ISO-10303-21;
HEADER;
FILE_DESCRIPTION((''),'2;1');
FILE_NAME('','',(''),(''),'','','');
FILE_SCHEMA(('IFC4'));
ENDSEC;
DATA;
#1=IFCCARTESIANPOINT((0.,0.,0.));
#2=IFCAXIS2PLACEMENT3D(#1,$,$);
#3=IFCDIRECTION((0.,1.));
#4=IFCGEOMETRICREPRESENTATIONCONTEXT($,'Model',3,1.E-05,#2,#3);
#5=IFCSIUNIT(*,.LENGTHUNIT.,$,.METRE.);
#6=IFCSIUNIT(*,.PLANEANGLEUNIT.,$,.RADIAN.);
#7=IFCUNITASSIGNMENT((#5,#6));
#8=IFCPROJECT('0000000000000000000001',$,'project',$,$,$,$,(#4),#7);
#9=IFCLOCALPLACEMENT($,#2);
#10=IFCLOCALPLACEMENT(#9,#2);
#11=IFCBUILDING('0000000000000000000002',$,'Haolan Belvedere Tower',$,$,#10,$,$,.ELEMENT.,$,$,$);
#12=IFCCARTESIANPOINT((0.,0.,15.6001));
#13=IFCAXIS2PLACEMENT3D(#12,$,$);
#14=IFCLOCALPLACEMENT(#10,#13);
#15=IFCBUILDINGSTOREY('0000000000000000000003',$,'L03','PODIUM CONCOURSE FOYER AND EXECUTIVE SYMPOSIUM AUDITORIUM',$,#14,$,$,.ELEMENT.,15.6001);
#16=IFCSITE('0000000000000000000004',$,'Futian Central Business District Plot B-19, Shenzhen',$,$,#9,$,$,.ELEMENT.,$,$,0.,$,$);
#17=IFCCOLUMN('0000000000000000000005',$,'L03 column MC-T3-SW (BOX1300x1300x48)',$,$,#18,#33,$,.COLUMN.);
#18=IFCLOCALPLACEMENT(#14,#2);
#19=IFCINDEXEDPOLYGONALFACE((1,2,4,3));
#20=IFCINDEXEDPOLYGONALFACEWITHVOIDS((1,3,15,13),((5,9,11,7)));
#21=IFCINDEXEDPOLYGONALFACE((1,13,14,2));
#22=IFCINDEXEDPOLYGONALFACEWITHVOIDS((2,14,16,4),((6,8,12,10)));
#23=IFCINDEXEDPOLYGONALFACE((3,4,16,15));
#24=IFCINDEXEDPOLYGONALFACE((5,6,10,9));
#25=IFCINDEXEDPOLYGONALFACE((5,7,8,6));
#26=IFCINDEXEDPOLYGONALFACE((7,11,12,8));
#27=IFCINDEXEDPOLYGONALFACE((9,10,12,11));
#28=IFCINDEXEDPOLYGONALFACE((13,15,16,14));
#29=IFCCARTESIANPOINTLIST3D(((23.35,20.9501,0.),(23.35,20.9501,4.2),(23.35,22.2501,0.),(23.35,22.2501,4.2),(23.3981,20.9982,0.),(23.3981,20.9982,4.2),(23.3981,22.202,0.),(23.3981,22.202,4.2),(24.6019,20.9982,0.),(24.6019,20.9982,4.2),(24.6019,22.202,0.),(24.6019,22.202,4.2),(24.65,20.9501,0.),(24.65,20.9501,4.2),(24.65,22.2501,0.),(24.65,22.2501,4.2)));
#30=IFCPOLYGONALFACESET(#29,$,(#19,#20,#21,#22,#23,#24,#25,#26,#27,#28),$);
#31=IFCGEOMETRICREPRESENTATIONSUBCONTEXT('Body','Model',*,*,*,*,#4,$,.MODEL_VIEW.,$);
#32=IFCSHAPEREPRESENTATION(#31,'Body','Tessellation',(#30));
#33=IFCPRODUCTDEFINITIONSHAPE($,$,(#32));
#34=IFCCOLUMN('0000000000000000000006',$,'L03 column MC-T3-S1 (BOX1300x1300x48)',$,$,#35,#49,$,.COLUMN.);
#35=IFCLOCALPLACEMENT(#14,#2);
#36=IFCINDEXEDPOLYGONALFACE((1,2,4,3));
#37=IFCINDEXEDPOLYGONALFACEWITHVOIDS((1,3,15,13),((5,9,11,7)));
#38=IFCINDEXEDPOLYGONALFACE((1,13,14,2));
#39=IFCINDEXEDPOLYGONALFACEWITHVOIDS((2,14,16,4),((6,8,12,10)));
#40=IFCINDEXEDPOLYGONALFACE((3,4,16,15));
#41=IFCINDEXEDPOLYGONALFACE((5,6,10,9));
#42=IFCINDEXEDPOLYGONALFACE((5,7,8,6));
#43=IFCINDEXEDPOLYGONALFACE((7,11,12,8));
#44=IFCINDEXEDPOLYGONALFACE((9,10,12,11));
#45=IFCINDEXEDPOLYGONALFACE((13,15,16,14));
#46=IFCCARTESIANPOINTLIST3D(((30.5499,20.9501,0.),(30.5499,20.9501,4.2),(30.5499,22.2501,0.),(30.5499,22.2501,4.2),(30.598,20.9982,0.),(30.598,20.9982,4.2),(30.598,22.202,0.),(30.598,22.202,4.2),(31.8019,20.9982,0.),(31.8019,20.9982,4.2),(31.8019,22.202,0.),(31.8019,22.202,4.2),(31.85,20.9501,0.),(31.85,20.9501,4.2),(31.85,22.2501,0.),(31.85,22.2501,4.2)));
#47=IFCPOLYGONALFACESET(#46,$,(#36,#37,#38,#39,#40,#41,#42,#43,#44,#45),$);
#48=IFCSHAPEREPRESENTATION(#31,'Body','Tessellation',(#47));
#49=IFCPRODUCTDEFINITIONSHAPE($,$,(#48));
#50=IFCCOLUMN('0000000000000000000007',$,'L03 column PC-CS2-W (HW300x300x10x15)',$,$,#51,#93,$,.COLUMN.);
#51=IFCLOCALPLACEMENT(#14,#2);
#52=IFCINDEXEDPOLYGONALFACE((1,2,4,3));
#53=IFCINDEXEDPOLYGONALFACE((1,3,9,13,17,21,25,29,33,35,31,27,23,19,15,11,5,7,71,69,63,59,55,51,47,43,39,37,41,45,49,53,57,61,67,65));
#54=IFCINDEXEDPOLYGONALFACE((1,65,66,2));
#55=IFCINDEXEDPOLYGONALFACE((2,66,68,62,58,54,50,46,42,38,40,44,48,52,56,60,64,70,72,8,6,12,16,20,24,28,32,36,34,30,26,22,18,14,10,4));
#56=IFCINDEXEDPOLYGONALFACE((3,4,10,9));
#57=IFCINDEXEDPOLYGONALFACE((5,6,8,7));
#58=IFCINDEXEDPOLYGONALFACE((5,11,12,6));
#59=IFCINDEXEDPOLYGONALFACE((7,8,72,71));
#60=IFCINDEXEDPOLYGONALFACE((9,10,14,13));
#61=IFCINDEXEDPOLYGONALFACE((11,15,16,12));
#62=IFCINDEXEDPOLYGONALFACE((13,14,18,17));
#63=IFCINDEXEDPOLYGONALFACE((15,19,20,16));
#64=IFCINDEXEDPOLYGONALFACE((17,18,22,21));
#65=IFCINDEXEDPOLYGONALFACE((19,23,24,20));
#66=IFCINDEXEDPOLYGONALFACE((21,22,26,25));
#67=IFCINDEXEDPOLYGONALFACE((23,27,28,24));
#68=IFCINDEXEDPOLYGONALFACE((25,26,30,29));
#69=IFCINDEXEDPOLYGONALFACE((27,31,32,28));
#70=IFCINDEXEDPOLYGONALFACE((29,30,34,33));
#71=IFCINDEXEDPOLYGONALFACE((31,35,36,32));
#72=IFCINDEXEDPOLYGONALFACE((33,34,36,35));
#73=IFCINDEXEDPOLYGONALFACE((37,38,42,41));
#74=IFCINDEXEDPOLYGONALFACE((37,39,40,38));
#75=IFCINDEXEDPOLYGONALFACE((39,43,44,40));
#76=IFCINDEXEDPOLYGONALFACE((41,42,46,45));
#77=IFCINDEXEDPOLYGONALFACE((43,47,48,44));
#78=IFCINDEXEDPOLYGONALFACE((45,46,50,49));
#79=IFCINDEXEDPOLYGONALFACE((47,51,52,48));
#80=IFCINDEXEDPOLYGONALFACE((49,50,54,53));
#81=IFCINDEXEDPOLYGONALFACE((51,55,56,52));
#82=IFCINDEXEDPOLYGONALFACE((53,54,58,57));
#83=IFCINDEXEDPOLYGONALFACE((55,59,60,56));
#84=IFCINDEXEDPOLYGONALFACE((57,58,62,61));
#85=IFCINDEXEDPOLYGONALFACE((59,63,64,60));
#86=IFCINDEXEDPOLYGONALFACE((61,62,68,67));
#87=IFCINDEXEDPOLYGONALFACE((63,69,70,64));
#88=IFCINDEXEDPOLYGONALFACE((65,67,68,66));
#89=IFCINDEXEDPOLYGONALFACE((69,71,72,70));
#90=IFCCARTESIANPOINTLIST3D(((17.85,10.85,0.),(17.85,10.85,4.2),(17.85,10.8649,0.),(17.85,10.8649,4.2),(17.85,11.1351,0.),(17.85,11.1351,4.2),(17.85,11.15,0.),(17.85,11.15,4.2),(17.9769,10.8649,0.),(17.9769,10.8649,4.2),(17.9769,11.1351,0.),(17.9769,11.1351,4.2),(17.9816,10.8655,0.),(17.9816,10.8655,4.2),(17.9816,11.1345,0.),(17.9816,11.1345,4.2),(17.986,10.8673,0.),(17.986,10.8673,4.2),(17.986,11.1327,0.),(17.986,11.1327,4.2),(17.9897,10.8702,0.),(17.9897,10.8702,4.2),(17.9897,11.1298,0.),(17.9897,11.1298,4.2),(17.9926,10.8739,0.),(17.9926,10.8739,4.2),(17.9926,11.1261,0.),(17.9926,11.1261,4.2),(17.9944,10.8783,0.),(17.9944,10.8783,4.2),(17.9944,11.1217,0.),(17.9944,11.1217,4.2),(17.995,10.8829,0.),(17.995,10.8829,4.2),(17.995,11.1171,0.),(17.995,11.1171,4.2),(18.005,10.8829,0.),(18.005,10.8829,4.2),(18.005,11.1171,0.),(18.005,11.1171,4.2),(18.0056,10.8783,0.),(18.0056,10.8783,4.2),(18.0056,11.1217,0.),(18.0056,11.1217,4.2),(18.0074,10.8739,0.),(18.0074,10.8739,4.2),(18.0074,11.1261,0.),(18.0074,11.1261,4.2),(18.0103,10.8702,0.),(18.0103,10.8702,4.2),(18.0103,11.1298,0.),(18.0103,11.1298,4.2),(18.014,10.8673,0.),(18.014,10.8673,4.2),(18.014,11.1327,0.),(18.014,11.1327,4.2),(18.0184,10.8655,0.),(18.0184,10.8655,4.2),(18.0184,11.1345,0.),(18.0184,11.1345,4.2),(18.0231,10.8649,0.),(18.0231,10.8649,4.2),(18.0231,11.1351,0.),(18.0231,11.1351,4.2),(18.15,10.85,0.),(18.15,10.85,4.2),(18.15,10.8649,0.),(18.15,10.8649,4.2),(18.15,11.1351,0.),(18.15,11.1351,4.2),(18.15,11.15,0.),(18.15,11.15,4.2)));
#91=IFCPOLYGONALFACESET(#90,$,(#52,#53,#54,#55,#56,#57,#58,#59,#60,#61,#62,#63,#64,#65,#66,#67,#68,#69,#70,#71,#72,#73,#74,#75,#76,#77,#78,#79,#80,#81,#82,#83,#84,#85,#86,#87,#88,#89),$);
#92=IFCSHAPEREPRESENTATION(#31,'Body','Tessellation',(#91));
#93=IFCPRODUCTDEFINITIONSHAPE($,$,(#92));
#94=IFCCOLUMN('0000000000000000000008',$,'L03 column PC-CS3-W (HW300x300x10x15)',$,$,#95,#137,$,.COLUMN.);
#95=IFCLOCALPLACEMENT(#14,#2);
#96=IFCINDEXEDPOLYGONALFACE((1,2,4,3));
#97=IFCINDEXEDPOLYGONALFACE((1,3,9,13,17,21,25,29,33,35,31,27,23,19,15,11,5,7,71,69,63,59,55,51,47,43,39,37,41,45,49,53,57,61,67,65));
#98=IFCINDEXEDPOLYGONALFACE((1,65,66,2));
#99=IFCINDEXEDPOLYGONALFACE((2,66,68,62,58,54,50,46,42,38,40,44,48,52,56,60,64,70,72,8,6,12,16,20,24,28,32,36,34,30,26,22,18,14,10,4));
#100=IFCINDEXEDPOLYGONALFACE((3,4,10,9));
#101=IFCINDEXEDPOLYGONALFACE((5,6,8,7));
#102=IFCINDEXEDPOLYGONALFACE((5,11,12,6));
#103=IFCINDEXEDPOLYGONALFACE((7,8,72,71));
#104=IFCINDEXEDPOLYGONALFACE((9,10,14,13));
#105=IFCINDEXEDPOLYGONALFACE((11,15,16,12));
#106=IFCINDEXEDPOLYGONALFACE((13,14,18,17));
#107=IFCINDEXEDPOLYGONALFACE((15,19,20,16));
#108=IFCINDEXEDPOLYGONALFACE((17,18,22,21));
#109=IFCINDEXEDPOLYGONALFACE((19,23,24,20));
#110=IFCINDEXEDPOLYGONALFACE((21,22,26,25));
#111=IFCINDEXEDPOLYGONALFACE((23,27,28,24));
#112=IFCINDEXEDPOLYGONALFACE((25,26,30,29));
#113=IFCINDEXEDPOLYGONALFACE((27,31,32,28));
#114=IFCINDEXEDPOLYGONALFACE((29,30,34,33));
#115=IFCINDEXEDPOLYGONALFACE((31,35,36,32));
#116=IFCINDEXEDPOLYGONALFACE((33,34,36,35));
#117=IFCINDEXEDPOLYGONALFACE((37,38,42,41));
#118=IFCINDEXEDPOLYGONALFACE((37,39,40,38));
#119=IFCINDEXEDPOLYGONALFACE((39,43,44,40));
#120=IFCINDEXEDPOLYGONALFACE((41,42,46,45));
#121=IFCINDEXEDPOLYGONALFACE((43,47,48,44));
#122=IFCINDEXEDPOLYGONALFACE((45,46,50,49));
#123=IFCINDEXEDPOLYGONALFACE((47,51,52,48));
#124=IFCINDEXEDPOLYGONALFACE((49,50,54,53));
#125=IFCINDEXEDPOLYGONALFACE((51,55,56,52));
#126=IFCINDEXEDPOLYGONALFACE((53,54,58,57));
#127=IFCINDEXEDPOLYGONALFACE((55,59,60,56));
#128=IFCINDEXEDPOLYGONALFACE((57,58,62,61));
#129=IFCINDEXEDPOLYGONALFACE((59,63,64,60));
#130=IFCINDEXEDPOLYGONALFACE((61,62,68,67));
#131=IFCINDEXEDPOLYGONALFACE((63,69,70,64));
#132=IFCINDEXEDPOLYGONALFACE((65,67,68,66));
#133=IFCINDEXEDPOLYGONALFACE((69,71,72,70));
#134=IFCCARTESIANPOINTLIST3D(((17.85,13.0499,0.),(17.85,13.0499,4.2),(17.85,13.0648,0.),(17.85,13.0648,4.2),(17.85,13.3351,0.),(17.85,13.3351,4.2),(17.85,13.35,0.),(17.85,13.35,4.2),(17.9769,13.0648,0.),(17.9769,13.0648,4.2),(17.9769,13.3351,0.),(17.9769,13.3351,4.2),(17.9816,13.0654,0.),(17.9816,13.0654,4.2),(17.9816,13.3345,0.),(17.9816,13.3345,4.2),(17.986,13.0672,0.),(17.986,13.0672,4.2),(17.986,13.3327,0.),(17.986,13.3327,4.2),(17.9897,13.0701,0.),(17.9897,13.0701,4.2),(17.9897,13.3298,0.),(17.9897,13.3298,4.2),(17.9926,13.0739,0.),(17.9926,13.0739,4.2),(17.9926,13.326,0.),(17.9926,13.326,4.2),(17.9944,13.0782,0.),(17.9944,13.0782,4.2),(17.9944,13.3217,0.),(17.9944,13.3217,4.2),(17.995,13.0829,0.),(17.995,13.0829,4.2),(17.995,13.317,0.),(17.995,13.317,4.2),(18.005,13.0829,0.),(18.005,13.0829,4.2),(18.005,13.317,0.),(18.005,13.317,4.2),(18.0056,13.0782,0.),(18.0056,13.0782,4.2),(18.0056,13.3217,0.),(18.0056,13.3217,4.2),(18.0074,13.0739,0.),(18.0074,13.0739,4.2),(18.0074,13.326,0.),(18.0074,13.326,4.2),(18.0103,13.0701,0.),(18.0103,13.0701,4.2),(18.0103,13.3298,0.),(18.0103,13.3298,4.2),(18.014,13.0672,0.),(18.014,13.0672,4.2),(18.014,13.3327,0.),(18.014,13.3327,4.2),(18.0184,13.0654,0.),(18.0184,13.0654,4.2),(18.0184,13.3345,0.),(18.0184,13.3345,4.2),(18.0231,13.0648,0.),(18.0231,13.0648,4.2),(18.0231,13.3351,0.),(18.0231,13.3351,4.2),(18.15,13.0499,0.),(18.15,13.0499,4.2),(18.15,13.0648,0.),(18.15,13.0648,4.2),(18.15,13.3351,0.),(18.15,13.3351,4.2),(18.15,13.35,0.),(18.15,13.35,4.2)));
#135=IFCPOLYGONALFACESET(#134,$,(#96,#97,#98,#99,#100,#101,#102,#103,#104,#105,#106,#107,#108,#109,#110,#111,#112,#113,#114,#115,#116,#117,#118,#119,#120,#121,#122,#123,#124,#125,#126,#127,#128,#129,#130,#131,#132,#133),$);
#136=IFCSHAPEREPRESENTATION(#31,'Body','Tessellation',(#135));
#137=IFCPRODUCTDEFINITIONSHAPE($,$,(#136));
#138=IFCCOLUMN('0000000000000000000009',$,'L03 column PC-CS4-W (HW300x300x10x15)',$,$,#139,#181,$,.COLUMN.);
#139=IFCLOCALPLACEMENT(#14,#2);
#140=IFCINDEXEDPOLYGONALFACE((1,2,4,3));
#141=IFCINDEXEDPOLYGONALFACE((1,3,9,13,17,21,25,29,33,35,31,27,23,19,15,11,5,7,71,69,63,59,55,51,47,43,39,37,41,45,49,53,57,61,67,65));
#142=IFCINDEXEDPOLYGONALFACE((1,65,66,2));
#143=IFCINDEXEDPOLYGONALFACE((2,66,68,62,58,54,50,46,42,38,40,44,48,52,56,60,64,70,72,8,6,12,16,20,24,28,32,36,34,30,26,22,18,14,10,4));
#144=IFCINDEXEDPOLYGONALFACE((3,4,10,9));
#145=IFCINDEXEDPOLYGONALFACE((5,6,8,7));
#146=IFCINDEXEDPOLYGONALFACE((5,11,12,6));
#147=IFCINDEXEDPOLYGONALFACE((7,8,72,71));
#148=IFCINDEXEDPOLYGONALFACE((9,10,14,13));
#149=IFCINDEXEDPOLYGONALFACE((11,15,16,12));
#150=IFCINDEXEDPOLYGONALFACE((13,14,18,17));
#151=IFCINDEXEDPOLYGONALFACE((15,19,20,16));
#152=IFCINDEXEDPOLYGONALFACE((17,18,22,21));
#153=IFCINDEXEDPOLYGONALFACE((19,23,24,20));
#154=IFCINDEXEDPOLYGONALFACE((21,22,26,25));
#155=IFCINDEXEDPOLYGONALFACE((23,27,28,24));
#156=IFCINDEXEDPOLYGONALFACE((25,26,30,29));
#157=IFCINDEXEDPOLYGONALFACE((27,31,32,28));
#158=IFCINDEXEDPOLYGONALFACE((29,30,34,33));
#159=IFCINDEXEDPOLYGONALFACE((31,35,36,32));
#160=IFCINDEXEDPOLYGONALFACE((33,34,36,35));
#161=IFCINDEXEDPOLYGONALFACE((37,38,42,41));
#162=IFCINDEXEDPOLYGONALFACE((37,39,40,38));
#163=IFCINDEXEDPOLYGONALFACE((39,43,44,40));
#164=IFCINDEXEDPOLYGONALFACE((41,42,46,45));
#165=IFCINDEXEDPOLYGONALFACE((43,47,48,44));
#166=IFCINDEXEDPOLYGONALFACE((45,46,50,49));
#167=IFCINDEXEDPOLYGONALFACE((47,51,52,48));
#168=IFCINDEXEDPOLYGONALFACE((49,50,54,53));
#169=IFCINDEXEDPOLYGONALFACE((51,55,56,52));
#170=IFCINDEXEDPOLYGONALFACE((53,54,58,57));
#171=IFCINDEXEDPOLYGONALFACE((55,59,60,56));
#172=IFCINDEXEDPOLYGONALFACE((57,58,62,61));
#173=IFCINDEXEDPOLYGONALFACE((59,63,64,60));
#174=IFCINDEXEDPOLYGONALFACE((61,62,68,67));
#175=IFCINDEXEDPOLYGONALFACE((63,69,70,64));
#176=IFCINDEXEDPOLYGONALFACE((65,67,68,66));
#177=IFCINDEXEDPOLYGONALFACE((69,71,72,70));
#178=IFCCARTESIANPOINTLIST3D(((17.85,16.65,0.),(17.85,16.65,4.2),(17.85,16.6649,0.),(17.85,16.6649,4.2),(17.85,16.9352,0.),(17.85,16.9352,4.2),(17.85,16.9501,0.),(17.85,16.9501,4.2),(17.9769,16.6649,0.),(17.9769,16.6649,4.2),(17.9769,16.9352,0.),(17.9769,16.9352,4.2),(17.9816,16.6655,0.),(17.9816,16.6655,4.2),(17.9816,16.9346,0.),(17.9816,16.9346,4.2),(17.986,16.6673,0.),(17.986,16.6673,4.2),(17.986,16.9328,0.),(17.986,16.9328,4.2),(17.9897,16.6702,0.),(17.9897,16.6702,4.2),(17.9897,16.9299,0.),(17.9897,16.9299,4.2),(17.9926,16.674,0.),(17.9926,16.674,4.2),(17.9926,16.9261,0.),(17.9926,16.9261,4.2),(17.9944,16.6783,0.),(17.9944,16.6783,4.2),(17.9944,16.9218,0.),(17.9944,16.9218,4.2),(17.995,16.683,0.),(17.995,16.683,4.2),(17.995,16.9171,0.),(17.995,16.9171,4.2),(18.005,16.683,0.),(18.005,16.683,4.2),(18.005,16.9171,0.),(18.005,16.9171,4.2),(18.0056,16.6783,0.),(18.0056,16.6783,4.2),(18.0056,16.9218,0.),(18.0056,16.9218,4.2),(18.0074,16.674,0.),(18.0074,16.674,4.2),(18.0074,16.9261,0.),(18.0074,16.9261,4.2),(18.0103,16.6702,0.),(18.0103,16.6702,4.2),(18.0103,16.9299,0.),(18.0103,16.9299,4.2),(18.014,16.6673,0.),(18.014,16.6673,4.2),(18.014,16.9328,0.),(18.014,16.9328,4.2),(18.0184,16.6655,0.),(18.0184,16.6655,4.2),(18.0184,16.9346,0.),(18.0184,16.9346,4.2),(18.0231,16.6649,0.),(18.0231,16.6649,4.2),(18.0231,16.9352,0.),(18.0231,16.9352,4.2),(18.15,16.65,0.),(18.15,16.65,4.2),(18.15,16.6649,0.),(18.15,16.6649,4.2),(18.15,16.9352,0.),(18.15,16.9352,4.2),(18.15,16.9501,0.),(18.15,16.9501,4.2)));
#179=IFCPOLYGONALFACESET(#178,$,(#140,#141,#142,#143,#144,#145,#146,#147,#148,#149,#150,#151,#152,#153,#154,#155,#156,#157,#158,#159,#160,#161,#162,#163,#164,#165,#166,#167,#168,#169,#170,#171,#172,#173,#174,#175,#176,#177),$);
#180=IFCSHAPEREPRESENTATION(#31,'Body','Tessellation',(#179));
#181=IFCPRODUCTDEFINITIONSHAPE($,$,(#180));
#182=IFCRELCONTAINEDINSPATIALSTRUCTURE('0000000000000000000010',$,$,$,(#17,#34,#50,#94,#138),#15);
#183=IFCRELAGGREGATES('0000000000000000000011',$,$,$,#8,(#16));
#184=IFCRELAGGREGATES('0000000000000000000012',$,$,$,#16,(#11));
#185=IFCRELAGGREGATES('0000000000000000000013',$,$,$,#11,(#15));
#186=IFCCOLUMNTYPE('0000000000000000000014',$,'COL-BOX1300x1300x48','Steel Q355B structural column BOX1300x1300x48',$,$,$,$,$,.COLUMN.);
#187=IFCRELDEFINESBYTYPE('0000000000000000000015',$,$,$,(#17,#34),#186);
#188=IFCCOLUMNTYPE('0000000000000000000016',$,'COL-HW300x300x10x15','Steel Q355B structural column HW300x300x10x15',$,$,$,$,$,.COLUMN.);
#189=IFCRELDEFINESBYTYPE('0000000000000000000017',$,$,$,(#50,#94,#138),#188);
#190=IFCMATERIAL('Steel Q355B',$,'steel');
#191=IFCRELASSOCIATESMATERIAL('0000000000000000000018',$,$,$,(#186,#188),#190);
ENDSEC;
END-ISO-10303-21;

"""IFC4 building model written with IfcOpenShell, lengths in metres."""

from ifc_helpers import new_model, si_unit, direction, frame, origin, origin_2d, place, context, subcontext, project, spatial, hollow_rectangle, i_section, extrude, material, material_profile, profile_set, type_object, element, save


model = new_model("IFC4")

# Units and contexts
model_context = context("Model", 3, precision=1e-05, world=origin(), true_north=direction((0.0, 1.0)))
body_context = subcontext(model_context, "Body", "Model", "MODEL_VIEW")
ifc_project = project(units=[si_unit("LENGTHUNIT", "METRE"), si_unit("PLANEANGLEUNIT", "RADIAN")], contexts=[model_context])

# Site, building, storey
site_placement = place(None, origin())
site = spatial("IfcSite", under=ifc_project, at=site_placement, Name="Futian Central Business District Plot B-19, Shenzhen", CompositionType="ELEMENT", RefElevation=0.0)
building_placement = place(site_placement, origin())
building = spatial("IfcBuilding", under=site, at=building_placement, Name="Haolan Belvedere Tower", CompositionType="ELEMENT")
storey_placement = place(building_placement, frame((0.0, 0.0, 15.6001)))
storey = spatial("IfcBuildingStorey", under=building, at=storey_placement, Name="L03", Description="PODIUM CONCOURSE FOYER AND EXECUTIVE SYMPOSIUM AUDITORIUM", CompositionType="ELEMENT", Elevation=15.6001)

# Columns
ifc_material_1 = material(Name="Steel Q355B", Category="steel")
ifc_material_profile_1 = material_profile(ifc_material_1, hollow_rectangle(XDim=1.3, YDim=1.3, WallThickness=0.0481, at=origin_2d()), Name="Steel Q355B")
ifc_profile_set_1 = profile_set([ifc_material_profile_1], Name="Steel Q355B")
column_type_1 = type_object("IfcColumnType", Name="COL-BOX1300x1300x48", Description="Steel Q355B structural column BOX1300x1300x48", PredefinedType="COLUMN", material=ifc_profile_set_1)
for number, where, z_axis, x_axis, name in (
    (1, (24.0, 21.6001, 0.0), (0.0, 0.0, 1.0), (1.0, 0.0, 0.0), "L03 column MC-T3-SW (BOX1300x1300x48)"),
    (2, (31.2, 21.6001, 0.0), (0.0, 0.0, 1.0), (1.0, 0.0, 0.0), "L03 column MC-T3-S1 (BOX1300x1300x48)"),
):
    element("IfcColumn", number, at=place(storey_placement, frame(where, z_axis=z_axis, x_axis=x_axis)), inside=storey, type_object=column_type_1, Name=name, PredefinedType="COLUMN", context=body_context, shape_type="SweptSolid", body=[
        extrude(hollow_rectangle(XDim=1.3, YDim=1.3, WallThickness=0.0481, at=origin_2d()), origin(), (0.0, 0.0, 1.0), 4.2),
    ])
ifc_material_profile_2 = material_profile(ifc_material_1, i_section(OverallWidth=0.3, OverallDepth=0.3, WebThickness=0.01, FlangeThickness=0.0149, FilletRadius=0.0181, at=origin_2d()), Name="Steel Q355B")
ifc_profile_set_2 = profile_set([ifc_material_profile_2], Name="Steel Q355B")
column_type_2 = type_object("IfcColumnType", Name="COL-HW300x300x10x15", Description="Steel Q355B structural column HW300x300x10x15", PredefinedType="COLUMN", material=ifc_profile_set_2)
for number, where, z_axis, x_axis, name in (
    (3, (18.0, 11.0, 0.0), (0.0, 0.0, 1.0), (1.0, 0.0, 0.0), "L03 column PC-CS2-W (HW300x300x10x15)"),
    (4, (18.0, 13.2, 0.0), (0.0, 0.0, 1.0), (1.0, 0.0, 0.0), "L03 column PC-CS3-W (HW300x300x10x15)"),
    (5, (18.0, 16.8, 0.0), (0.0, 0.0, 1.0), (1.0, 0.0, 0.0), "L03 column PC-CS4-W (HW300x300x10x15)"),
):
    element("IfcColumn", number, at=place(storey_placement, frame(where, z_axis=z_axis, x_axis=x_axis)), inside=storey, type_object=column_type_2, Name=name, PredefinedType="COLUMN", context=body_context, shape_type="SweptSolid", body=[
        extrude(i_section(OverallWidth=0.3, OverallDepth=0.3, WebThickness=0.01, FlangeThickness=0.0149, FilletRadius=0.0181, at=origin_2d()), origin(), (0.0, 0.0, 1.0), 4.2),
    ])

save(model, "model.ifc")
